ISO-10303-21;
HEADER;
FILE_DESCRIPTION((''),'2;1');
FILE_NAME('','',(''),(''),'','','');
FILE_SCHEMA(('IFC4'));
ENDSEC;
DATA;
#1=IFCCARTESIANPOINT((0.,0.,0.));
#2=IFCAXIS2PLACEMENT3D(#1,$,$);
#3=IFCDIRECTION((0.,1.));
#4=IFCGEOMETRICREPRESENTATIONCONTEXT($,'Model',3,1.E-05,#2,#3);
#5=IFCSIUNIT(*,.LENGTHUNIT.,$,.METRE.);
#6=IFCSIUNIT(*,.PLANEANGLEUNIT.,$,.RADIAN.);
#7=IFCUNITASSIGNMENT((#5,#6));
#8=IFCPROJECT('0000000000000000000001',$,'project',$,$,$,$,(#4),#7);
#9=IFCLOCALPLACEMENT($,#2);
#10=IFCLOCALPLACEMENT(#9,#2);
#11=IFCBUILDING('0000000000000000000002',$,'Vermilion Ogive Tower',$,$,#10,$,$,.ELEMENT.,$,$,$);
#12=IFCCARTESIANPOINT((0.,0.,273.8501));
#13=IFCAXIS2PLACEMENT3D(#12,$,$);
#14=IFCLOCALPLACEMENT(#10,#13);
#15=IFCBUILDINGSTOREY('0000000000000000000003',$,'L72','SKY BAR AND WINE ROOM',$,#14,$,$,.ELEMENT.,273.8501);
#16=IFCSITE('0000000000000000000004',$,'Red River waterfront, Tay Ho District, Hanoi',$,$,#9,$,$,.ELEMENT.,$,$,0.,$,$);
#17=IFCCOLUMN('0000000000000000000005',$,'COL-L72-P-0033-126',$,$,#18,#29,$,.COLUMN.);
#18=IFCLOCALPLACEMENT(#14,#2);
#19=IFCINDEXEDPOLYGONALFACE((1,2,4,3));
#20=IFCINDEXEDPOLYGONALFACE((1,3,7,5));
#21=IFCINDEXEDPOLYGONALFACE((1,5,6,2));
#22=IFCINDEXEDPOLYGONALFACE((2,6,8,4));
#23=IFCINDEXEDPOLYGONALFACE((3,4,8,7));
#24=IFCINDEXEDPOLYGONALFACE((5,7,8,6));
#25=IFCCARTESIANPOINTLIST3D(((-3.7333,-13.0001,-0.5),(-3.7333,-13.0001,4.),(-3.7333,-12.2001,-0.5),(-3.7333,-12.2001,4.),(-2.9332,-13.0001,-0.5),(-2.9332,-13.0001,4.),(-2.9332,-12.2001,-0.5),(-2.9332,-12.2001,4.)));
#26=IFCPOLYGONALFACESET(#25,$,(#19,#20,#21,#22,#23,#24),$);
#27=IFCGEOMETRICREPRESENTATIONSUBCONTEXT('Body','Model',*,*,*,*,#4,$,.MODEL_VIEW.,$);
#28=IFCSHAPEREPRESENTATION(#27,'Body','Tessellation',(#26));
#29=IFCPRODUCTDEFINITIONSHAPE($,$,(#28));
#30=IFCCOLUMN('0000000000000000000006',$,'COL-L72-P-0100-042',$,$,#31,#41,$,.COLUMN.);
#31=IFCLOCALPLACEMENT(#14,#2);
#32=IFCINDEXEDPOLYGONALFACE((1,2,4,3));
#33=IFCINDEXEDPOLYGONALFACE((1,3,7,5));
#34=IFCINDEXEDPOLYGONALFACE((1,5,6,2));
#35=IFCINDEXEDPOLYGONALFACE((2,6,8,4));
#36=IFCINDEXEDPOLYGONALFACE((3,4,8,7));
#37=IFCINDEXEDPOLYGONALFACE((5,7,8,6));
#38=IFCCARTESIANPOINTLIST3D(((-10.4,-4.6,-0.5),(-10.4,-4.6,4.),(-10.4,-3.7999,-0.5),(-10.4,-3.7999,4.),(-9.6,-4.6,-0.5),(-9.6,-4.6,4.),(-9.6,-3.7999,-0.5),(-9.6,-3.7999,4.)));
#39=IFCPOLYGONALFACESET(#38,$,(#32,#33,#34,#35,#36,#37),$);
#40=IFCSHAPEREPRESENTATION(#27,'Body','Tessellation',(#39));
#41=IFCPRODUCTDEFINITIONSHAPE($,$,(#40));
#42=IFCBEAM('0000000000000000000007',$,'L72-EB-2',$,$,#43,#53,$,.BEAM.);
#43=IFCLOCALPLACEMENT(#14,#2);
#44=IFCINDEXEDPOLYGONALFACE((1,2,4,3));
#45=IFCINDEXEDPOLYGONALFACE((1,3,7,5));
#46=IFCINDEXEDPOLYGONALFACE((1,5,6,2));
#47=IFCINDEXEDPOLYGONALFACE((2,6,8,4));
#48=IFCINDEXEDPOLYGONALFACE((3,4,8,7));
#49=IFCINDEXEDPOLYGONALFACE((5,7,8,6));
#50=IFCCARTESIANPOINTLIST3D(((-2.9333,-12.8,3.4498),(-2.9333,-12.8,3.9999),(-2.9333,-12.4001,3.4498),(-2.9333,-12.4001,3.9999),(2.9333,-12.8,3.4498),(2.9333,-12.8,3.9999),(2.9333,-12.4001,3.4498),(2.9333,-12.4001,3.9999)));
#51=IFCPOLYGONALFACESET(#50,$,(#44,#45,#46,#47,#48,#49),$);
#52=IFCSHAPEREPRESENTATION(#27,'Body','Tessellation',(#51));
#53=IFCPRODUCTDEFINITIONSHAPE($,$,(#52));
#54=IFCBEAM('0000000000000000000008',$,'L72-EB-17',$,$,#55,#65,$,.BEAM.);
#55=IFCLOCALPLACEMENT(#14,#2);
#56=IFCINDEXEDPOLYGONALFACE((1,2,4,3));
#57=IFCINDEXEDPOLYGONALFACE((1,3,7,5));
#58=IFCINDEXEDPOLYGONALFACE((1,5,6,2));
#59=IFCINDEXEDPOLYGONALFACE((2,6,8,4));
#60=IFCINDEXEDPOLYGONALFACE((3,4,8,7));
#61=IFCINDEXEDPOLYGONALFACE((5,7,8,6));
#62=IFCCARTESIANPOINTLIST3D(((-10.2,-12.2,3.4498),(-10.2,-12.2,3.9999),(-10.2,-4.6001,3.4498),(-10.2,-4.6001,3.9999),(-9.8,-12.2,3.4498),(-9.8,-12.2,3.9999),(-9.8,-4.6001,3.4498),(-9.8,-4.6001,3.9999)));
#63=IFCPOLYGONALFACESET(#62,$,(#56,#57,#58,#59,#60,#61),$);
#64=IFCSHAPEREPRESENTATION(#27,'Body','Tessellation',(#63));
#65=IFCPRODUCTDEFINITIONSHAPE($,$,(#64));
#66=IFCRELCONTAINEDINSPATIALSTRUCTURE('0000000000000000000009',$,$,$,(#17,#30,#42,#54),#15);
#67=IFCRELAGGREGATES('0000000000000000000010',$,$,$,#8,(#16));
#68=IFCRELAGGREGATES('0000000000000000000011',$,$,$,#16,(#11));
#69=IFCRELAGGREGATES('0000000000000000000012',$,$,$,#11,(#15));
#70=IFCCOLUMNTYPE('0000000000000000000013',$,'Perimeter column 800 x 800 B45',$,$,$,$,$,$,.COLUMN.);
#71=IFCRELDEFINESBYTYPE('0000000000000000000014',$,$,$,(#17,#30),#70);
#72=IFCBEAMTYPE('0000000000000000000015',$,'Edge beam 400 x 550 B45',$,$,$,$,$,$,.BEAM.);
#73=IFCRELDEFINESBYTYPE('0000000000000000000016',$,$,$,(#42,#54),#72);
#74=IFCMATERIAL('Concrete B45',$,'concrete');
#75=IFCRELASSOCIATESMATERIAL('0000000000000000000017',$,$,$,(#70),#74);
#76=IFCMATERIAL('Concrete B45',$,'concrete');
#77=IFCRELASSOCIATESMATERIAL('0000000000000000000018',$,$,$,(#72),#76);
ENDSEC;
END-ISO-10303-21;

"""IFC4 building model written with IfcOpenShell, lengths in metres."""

from ifc_helpers import new_model, si_unit, direction, frame, origin, origin_2d, place, context, subcontext, project, spatial, rectangle, extrude, material, material_profile, profile_set, type_object, element, save


model = new_model("IFC4")

# Units and contexts
model_context = context("Model", 3, precision=1e-05, world=origin(), true_north=direction((0.0, 1.0)))
body_context = subcontext(model_context, "Body", "Model", "MODEL_VIEW")
ifc_project = project(units=[si_unit("LENGTHUNIT", "METRE"), si_unit("PLANEANGLEUNIT", "RADIAN")], contexts=[model_context])

# Site, building, storey
site_placement = place(None, origin())
site = spatial("IfcSite", under=ifc_project, at=site_placement, Name="Red River waterfront, Tay Ho District, Hanoi", CompositionType="ELEMENT", RefElevation=0.0)
building_placement = place(site_placement, origin())
building = spatial("IfcBuilding", under=site, at=building_placement, Name="Vermilion Ogive Tower", CompositionType="ELEMENT")
storey_placement = place(building_placement, frame((0.0, 0.0, 273.8501)))
storey = spatial("IfcBuildingStorey", under=building, at=storey_placement, Name="L72", Description="SKY BAR AND WINE ROOM", CompositionType="ELEMENT", Elevation=273.8501)

# Columns
ifc_material_1 = material(Name="Concrete B45", Category="concrete")
ifc_material_profile_1 = material_profile(ifc_material_1, rectangle(XDim=0.8, YDim=0.8, at=origin_2d()), Name="800 x 800")
ifc_profile_set_1 = profile_set([ifc_material_profile_1], Name="Concrete B45")
column_type = type_object("IfcColumnType", Name="Perimeter column 800 x 800 B45", PredefinedType="COLUMN", material=ifc_profile_set_1)
for number, where, z_axis, x_axis, name in (
    (1, (-3.3333, -12.6001, -0.5), (0.0, 0.0, 1.0), (1.0, 0.0, 0.0), "COL-L72-P-0033-126"),
    (2, (-10.0, -4.2, -0.5), (0.0, 0.0, 1.0), (1.0, 0.0, 0.0), "COL-L72-P-0100-042"),
):
    element("IfcColumn", number, at=place(storey_placement, frame(where, z_axis=z_axis, x_axis=x_axis)), inside=storey, type_object=column_type, Name=name, PredefinedType="COLUMN", context=body_context, shape_type="SweptSolid", body=[
        extrude(rectangle(XDim=0.8, YDim=0.8, at=origin_2d()), origin(), (0.0, 0.0, 1.0), 4.5),
    ])

# Beams
ifc_material_2 = material(Name="Concrete B45", Category="concrete")
ifc_material_profile_2 = material_profile(ifc_material_2, rectangle(XDim=0.3999, YDim=0.55, at=origin_2d()), Name="400 x 550")
ifc_profile_set_2 = profile_set([ifc_material_profile_2], Name="Concrete B45")
beam_type = type_object("IfcBeamType", Name="Edge beam 400 x 550 B45", PredefinedType="BEAM", material=ifc_profile_set_2)
beam_1_placement = place(storey_placement, frame((-2.9333, -12.6001, 3.7249), z_axis=(1.0, 0.0, 0.0), x_axis=(0.0, 1.0, 0.0)))
element("IfcBeam", 3, at=beam_1_placement, inside=storey, type_object=beam_type, Name="L72-EB-2", PredefinedType="BEAM", context=body_context, shape_type="SweptSolid", body=[
    extrude(rectangle(XDim=0.3999, YDim=0.55, at=origin_2d()), origin(), (0.0, 0.0, 1.0), 5.8667),
])
beam_2_placement = place(storey_placement, frame((-10.0, -4.6001, 3.7249), z_axis=(0.0, -1.0, 0.0), x_axis=(1.0, 0.0, 0.0)))
element("IfcBeam", 4, at=beam_2_placement, inside=storey, type_object=beam_type, Name="L72-EB-17", PredefinedType="BEAM", context=body_context, shape_type="SweptSolid", body=[
    extrude(rectangle(XDim=0.3999, YDim=0.55, at=origin_2d()), origin(), (0.0, 0.0, 1.0), 7.5999),
])

save(model, "model.ifc")
